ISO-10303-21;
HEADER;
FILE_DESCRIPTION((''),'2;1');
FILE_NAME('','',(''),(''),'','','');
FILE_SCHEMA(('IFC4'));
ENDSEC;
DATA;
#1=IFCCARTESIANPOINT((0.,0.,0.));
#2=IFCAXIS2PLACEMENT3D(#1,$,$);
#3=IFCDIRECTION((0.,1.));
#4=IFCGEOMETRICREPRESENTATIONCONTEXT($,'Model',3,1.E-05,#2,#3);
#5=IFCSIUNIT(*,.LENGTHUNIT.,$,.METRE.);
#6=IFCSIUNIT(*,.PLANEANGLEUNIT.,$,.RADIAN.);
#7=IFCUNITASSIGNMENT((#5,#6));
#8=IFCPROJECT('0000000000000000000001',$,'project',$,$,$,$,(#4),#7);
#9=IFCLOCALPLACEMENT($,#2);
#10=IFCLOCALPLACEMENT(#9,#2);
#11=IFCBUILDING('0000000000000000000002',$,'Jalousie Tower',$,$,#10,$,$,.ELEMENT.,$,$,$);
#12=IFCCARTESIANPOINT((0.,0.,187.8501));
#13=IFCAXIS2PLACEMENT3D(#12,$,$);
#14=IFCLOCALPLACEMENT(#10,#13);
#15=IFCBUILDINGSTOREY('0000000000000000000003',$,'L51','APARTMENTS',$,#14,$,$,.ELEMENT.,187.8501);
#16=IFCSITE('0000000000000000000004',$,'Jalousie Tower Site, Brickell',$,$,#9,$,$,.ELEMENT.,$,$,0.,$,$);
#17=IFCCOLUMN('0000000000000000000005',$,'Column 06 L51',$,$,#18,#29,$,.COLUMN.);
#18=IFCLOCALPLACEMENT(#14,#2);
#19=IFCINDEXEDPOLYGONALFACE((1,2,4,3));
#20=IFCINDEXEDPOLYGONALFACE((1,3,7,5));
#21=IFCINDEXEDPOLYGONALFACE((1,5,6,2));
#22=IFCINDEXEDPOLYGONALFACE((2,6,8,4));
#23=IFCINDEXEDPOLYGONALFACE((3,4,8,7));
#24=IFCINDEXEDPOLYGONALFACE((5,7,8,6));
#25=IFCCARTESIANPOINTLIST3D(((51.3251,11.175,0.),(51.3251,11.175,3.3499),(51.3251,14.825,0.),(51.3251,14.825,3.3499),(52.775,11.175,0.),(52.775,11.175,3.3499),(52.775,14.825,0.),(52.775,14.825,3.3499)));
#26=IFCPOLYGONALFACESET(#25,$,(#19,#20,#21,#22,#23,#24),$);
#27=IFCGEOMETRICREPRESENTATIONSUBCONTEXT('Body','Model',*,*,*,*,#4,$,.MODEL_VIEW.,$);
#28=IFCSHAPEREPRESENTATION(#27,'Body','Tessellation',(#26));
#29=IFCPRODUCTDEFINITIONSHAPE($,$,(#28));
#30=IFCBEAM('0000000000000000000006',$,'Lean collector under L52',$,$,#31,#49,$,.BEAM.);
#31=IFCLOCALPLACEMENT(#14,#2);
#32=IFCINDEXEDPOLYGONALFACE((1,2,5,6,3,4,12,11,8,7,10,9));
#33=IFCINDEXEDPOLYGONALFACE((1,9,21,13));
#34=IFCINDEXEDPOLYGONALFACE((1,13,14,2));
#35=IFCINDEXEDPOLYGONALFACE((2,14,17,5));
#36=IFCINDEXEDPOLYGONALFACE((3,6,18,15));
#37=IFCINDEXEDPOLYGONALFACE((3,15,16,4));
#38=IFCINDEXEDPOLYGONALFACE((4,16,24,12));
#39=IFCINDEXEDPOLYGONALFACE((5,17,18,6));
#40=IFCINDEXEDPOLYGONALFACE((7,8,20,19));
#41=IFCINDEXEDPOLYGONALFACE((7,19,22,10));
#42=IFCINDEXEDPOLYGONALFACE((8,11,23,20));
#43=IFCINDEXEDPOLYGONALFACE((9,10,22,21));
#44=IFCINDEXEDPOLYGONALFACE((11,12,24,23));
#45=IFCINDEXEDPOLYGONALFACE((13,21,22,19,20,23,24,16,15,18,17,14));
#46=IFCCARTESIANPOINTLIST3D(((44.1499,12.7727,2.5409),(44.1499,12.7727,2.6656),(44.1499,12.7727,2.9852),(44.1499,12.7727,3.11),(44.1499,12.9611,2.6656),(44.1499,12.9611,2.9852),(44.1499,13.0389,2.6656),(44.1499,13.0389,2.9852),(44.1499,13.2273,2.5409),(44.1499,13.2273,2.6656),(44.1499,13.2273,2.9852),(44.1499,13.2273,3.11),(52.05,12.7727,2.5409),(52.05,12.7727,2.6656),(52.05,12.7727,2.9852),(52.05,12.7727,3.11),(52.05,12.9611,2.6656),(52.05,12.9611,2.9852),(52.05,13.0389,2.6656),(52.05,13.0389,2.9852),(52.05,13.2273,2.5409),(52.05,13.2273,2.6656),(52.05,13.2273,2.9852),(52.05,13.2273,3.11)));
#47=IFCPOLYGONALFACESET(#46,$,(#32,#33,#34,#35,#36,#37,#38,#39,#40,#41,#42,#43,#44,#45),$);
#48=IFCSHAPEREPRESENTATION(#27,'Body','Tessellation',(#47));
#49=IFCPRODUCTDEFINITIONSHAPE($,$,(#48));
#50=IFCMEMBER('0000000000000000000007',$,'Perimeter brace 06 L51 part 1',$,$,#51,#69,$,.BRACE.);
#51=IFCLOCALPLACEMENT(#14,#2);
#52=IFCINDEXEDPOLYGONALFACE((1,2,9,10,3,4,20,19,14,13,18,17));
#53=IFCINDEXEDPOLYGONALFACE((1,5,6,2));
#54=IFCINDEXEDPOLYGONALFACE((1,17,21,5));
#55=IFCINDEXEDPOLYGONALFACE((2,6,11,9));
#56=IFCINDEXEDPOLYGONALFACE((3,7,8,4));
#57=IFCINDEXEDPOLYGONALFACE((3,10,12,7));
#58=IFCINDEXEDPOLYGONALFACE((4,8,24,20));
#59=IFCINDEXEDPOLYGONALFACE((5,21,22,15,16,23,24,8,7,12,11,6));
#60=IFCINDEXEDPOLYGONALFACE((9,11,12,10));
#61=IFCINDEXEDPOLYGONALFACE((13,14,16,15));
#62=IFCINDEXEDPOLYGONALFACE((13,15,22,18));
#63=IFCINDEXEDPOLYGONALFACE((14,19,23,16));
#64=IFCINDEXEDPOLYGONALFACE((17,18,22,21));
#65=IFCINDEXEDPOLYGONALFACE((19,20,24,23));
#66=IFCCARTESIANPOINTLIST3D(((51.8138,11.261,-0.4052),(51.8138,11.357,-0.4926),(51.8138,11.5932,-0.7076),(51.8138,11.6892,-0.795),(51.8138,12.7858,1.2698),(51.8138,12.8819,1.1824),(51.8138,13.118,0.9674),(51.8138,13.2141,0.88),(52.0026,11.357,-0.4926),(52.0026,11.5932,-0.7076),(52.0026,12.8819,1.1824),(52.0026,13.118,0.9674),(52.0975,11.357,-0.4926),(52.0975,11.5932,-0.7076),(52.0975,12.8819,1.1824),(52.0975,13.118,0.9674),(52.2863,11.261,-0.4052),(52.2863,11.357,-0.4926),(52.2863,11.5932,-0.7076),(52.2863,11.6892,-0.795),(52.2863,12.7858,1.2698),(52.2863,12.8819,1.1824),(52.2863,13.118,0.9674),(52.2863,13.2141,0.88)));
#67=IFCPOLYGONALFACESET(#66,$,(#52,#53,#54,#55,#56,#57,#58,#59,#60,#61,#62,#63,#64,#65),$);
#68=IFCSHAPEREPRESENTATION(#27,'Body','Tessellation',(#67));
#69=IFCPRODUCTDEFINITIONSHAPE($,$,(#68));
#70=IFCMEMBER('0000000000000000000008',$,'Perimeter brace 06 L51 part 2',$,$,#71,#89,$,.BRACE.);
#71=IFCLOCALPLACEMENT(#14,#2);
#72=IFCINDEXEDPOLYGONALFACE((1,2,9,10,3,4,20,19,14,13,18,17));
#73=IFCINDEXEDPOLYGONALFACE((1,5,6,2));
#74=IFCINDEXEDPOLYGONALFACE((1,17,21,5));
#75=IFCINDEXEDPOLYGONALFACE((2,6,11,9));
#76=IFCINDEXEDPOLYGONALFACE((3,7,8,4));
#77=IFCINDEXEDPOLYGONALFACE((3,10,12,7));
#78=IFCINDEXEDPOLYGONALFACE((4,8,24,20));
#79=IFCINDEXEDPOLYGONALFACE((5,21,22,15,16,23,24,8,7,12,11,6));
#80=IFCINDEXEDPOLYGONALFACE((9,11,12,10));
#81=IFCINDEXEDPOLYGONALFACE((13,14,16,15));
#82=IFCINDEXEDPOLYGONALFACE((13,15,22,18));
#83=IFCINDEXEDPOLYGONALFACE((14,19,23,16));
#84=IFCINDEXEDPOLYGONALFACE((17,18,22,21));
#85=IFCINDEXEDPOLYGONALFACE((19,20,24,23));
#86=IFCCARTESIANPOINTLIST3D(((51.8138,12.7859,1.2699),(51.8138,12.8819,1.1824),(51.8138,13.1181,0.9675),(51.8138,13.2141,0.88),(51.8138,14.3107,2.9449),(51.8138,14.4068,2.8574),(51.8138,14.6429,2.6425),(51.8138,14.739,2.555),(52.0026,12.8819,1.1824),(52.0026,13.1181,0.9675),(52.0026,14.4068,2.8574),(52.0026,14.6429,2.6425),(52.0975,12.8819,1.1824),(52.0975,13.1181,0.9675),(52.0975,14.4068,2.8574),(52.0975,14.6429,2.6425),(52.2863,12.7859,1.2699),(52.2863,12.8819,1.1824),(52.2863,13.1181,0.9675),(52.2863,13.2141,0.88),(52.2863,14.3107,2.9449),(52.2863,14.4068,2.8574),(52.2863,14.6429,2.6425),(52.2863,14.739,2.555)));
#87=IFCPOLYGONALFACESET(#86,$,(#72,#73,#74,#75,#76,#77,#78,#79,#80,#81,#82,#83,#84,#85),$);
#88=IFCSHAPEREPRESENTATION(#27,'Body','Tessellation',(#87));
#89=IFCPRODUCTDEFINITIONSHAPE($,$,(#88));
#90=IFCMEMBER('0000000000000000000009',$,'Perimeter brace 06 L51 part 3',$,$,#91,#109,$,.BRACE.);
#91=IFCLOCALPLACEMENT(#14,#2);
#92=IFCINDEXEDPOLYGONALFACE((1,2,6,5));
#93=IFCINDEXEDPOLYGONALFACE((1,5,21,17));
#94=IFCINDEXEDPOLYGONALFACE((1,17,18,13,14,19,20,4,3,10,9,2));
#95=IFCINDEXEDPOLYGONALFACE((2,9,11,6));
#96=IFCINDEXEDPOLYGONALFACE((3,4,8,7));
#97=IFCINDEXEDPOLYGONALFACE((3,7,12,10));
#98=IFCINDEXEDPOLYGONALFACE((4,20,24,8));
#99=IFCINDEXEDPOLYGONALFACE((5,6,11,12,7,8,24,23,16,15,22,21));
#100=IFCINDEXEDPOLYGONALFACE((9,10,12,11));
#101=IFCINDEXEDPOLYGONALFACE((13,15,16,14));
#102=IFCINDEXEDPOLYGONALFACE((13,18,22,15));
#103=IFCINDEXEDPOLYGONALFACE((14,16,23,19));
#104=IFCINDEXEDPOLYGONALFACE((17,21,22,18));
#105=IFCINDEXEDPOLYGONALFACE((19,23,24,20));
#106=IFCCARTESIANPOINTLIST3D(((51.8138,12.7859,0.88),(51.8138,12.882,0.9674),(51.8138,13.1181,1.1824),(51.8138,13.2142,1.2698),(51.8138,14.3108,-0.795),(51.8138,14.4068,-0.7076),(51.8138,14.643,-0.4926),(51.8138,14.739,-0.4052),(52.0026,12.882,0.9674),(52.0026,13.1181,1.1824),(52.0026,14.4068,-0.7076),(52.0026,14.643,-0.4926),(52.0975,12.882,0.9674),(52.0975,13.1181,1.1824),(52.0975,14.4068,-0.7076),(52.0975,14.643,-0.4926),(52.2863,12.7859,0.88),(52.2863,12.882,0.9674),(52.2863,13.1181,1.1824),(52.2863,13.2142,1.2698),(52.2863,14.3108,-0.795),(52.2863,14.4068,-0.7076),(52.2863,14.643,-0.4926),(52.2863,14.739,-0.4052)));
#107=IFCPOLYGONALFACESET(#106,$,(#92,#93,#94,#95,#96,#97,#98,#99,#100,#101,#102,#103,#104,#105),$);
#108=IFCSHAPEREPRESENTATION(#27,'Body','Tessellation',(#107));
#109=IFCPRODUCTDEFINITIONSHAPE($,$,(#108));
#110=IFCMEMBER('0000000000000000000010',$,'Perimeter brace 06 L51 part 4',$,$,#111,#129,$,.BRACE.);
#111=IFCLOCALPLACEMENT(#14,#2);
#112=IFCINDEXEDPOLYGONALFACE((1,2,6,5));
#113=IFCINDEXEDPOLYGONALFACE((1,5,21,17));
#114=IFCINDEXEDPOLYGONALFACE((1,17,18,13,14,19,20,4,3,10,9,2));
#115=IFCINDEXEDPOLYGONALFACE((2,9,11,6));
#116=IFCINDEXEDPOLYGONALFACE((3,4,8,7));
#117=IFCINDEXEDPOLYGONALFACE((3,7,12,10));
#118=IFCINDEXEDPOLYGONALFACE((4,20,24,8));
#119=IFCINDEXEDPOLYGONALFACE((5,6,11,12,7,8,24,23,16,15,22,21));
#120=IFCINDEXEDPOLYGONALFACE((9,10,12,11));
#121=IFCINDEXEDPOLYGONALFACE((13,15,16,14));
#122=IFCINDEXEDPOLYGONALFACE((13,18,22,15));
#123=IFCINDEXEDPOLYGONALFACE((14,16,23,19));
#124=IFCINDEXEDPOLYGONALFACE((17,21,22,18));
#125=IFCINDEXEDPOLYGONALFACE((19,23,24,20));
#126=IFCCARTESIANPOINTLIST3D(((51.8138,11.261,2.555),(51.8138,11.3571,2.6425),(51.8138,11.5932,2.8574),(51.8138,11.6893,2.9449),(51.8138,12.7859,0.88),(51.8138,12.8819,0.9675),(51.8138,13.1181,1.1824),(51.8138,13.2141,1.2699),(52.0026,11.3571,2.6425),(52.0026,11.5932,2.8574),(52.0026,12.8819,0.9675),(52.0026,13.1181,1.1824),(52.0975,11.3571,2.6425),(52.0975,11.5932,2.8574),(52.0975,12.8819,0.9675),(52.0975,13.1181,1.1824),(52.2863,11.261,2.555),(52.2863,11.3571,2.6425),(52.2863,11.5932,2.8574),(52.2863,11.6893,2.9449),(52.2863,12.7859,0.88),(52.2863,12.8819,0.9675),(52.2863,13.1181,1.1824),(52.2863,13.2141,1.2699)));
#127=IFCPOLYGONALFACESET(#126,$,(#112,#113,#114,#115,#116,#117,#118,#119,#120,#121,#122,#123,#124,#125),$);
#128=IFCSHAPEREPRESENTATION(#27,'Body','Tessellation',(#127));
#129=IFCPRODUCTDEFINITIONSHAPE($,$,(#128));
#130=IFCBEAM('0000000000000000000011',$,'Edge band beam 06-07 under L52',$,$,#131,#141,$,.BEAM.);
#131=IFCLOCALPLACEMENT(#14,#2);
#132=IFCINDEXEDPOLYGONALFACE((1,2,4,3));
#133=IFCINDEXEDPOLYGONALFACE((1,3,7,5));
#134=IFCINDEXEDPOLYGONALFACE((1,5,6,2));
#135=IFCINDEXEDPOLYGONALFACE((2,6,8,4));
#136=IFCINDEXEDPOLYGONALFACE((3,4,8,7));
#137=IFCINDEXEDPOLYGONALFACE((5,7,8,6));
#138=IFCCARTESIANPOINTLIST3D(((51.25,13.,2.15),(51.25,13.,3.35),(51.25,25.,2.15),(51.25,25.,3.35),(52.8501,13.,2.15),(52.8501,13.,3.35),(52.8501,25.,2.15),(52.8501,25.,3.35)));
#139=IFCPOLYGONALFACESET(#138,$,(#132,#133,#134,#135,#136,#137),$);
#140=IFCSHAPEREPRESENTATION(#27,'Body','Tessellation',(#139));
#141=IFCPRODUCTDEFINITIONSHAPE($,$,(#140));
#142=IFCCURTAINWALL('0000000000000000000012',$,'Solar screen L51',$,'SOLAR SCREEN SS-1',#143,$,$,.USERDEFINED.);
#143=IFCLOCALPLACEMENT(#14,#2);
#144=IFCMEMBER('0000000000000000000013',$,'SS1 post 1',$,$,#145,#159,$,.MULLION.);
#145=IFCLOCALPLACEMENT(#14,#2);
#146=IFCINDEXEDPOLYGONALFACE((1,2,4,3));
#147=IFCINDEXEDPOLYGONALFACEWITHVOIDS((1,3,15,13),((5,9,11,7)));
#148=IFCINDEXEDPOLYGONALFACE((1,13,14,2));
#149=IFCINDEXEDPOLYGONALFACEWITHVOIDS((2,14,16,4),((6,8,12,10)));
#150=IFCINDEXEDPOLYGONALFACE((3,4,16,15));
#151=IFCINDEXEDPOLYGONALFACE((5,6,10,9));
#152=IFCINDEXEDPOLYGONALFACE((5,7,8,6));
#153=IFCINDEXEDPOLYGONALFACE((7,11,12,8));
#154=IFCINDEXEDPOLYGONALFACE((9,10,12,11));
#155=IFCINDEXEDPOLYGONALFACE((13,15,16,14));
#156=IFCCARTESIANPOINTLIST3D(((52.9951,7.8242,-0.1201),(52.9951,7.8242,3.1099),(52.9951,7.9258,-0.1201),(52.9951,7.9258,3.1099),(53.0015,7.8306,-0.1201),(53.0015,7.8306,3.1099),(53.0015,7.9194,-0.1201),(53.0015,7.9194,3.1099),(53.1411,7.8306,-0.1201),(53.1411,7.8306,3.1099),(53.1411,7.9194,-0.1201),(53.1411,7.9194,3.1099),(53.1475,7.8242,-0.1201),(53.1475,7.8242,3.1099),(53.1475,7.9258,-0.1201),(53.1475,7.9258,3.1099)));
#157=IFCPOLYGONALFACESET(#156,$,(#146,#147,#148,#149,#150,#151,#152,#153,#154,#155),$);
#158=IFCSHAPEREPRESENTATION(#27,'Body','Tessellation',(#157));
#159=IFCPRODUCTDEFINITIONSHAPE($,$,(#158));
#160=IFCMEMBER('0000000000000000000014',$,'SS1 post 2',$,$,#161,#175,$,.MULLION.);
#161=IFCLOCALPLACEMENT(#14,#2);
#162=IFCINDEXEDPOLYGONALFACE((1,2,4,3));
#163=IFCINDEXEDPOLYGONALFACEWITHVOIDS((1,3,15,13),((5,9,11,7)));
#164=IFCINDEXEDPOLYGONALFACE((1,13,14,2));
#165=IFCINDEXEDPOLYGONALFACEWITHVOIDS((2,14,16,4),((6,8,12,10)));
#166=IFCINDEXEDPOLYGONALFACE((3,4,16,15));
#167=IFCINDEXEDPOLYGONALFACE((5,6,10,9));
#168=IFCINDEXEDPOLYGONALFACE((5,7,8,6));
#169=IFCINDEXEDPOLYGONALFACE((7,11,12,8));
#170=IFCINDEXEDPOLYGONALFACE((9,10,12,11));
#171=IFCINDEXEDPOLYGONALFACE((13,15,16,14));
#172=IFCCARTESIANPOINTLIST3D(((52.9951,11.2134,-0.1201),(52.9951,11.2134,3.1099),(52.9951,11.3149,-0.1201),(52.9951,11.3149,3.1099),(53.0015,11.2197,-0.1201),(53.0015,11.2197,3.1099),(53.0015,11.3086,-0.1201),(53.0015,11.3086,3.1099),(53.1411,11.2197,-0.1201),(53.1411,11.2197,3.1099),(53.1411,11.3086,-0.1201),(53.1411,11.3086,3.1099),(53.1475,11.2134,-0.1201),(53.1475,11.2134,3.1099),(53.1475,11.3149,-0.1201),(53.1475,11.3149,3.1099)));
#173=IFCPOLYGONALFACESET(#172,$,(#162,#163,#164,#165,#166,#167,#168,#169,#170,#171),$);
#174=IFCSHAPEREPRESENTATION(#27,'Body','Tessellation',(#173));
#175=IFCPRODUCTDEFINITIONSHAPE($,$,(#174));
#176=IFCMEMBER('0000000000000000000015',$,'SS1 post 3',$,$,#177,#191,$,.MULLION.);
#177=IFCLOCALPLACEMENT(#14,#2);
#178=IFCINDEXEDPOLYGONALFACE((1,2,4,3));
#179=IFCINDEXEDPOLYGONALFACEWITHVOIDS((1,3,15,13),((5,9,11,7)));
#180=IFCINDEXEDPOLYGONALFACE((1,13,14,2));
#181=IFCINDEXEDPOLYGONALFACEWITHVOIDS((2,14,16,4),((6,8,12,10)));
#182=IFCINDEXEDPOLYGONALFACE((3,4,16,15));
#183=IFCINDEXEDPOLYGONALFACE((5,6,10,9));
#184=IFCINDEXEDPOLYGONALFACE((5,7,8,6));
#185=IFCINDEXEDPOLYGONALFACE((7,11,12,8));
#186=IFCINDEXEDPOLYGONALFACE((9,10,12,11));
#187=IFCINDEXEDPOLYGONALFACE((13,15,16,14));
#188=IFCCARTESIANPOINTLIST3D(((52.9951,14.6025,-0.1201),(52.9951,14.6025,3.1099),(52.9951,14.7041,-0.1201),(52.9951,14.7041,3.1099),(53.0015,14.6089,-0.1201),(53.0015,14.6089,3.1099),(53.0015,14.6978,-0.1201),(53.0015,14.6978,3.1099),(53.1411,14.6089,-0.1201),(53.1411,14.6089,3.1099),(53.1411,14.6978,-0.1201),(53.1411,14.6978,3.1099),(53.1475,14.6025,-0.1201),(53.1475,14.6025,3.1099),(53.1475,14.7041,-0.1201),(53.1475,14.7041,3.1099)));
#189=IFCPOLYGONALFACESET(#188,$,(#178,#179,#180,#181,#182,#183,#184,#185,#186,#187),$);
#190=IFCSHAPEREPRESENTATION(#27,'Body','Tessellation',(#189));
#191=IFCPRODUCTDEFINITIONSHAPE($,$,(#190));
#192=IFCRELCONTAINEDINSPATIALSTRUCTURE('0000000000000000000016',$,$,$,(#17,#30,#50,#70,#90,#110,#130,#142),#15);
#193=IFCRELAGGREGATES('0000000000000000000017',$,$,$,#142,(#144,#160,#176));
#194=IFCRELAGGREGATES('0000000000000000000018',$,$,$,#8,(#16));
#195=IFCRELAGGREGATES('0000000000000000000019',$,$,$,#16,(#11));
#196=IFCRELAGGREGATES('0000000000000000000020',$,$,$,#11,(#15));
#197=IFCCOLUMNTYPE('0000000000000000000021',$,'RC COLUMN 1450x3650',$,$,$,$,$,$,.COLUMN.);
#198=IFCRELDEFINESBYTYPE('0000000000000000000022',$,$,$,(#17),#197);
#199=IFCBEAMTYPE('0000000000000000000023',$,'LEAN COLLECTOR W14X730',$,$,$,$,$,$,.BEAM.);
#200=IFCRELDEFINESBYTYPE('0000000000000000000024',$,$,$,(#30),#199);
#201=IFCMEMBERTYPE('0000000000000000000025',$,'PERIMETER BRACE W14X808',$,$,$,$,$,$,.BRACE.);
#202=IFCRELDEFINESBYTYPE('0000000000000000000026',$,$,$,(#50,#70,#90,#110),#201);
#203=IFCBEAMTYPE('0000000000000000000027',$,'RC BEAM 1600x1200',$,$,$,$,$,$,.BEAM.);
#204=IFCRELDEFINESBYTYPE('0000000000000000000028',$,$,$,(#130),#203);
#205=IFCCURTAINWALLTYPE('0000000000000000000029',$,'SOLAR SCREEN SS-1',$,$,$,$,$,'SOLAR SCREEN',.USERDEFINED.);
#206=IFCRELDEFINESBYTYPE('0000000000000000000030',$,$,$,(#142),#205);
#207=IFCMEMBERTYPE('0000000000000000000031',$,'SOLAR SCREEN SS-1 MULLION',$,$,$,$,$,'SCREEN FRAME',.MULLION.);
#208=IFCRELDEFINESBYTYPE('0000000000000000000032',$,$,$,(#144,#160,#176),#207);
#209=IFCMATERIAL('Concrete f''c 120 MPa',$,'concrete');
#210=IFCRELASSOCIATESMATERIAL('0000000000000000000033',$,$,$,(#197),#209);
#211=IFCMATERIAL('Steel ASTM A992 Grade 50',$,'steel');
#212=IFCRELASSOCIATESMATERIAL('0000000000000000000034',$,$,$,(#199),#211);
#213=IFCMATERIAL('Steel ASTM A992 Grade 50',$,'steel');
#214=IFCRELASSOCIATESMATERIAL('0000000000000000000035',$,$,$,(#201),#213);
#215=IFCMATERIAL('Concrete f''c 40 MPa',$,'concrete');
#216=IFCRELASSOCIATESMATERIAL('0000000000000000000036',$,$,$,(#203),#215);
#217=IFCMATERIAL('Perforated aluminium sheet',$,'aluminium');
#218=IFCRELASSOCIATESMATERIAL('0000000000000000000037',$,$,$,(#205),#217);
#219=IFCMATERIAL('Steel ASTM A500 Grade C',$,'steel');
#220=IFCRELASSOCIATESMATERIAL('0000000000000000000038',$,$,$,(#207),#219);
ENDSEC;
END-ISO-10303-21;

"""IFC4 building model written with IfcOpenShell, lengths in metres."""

from ifc_helpers import new_model, si_unit, direction, frame, origin, origin_2d, place, context, subcontext, project, spatial, rectangle, hollow_rectangle, i_section, extrude, material, material_profile, profile_set, type_object, element, aggregate, save


model = new_model("IFC4")

# Units and contexts
model_context = context("Model", 3, precision=1e-05, world=origin(), true_north=direction((0.0, 1.0)))
body_context = subcontext(model_context, "Body", "Model", "MODEL_VIEW")
ifc_project = project(units=[si_unit("LENGTHUNIT", "METRE"), si_unit("PLANEANGLEUNIT", "RADIAN")], contexts=[model_context])

# Site, building, storey
site_placement = place(None, origin())
site = spatial("IfcSite", under=ifc_project, at=site_placement, Name="Jalousie Tower Site, Brickell", CompositionType="ELEMENT", RefElevation=0.0)
building_placement = place(site_placement, origin())
building = spatial("IfcBuilding", under=site, at=building_placement, Name="Jalousie Tower", CompositionType="ELEMENT")
storey_placement = place(building_placement, frame((0.0, 0.0, 187.8501)))
storey = spatial("IfcBuildingStorey", under=building, at=storey_placement, Name="L51", Description="APARTMENTS", CompositionType="ELEMENT", Elevation=187.8501)

# Column
ifc_material_1 = material(Name="Concrete f'c 120 MPa", Category="concrete")
ifc_material_profile_1 = material_profile(ifc_material_1, rectangle(XDim=1.45, YDim=3.6499, at=origin_2d()), Name="RC 1450x3650")
ifc_profile_set_1 = profile_set([ifc_material_profile_1], Name="Concrete f'c 120 MPa")
column_type = type_object("IfcColumnType", Name="RC COLUMN 1450x3650", PredefinedType="COLUMN", material=ifc_profile_set_1)
column_placement = place(storey_placement, frame((52.05, 13.0, 0.0), z_axis=(0.0, 0.0, 1.0), x_axis=(1.0, 0.0, 0.0)))
element("IfcColumn", 1, at=column_placement, inside=storey, type_object=column_type, Name="Column 06 L51", PredefinedType="COLUMN", context=body_context, shape_type="SweptSolid", body=[
    extrude(rectangle(XDim=1.45, YDim=3.6499, at=origin_2d()), origin(), (0.0, 0.0, 1.0), 3.3499),
])

# Beam
ifc_material_2 = material(Name="Steel ASTM A992 Grade 50", Category="steel")
ifc_material_profile_2 = material_profile(ifc_material_2, i_section(OverallWidth=0.4546, OverallDepth=0.5691, WebThickness=0.0779, FlangeThickness=0.1248, at=origin_2d()), Name="W14X730")
ifc_profile_set_2 = profile_set([ifc_material_profile_2], Name="Steel ASTM A992 Grade 50")
beam_type_1 = type_object("IfcBeamType", Name="LEAN COLLECTOR W14X730", PredefinedType="BEAM", material=ifc_profile_set_2)
beam_1_placement = place(storey_placement, frame((52.05, 13.0, 2.8254), z_axis=(-1.0, 0.0, 0.0), x_axis=(0.0, -1.0, 0.0)))
element("IfcBeam", 2, at=beam_1_placement, inside=storey, type_object=beam_type_1, Name="Lean collector under L52", PredefinedType="BEAM", context=body_context, shape_type="SweptSolid", body=[
    extrude(i_section(OverallWidth=0.4546, OverallDepth=0.5691, WebThickness=0.0779, FlangeThickness=0.1248, at=origin_2d()), origin(), (0.0, 0.0, 1.0), 7.9001),
])

# Members
ifc_material_3 = material(Name="Steel ASTM A992 Grade 50", Category="steel")
ifc_material_profile_3 = material_profile(ifc_material_3, i_section(OverallWidth=0.4724, OverallDepth=0.5791, WebThickness=0.095, FlangeThickness=0.1299, at=origin_2d()), Name="W14X808")
ifc_profile_set_3 = profile_set([ifc_material_profile_3], Name="Steel ASTM A992 Grade 50")
member_type_1 = type_object("IfcMemberType", Name="PERIMETER BRACE W14X808", PredefinedType="BRACE", material=ifc_profile_set_3)
for number, where, z_axis, x_axis, name in (
    (3, (52.05, 11.4751, -0.6001), (0.0, 0.673188, 0.739472), (-1.0, 0.0, 0.0), "Perimeter brace 06 L51 part 1"),
    (4, (52.05, 13.0, 1.075), (0.0, 0.673188, 0.739472), (-1.0, 0.0, 0.0), "Perimeter brace 06 L51 part 2"),
    (5, (52.05, 14.5249, -0.6001), (0.0, -0.673188, 0.739472), (1.0, 0.0, 0.0), "Perimeter brace 06 L51 part 3"),
    (6, (52.05, 13.0, 1.075), (0.0, -0.673188, 0.739472), (1.0, 0.0, 0.0), "Perimeter brace 06 L51 part 4"),
):
    element("IfcMember", number, at=place(storey_placement, frame(where, z_axis=z_axis, x_axis=x_axis)), inside=storey, type_object=member_type_1, Name=name, PredefinedType="BRACE", context=body_context, shape_type="SweptSolid", body=[
        extrude(i_section(OverallWidth=0.4724, OverallDepth=0.5791, WebThickness=0.095, FlangeThickness=0.1299, at=origin_2d()), origin(), (0.0, 0.0, 1.0), 2.2651),
    ])

# Beam
ifc_material_4 = material(Name="Concrete f'c 40 MPa", Category="concrete")
ifc_material_profile_4 = material_profile(ifc_material_4, rectangle(XDim=1.6001, YDim=1.2, at=origin_2d()), Name="RC 1600x1200")
ifc_profile_set_4 = profile_set([ifc_material_profile_4], Name="Concrete f'c 40 MPa")
beam_type_2 = type_object("IfcBeamType", Name="RC BEAM 1600x1200", PredefinedType="BEAM", material=ifc_profile_set_4)
beam_2_placement = place(storey_placement, frame((52.05, 13.0, 2.75), z_axis=(0.0, 1.0, 0.0), x_axis=(-1.0, 0.0, 0.0)))
element("IfcBeam", 7, at=beam_2_placement, inside=storey, type_object=beam_type_2, Name="Edge band beam 06-07 under L52", PredefinedType="BEAM", context=body_context, shape_type="SweptSolid", body=[
    extrude(rectangle(XDim=1.6001, YDim=1.2, at=origin_2d()), origin(), (0.0, 0.0, 1.0), 12.0),
])

# Curtain wall, members
ifc_material_5 = material(Name="Perforated aluminium sheet", Category="aluminium")
curtain_wall_type = type_object("IfcCurtainWallType", Name="SOLAR SCREEN SS-1", ElementType="SOLAR SCREEN", PredefinedType="USERDEFINED", material=ifc_material_5)
curtain_wall_placement = place(storey_placement, origin())
curtain_wall = element("IfcCurtainWall", 8, at=curtain_wall_placement, inside=storey, type_object=curtain_wall_type, Name="Solar screen L51", ObjectType="SOLAR SCREEN SS-1", PredefinedType="USERDEFINED")
ifc_material_6 = material(Name="Steel ASTM A500 Grade C", Category="steel")
ifc_material_profile_5 = material_profile(ifc_material_6, hollow_rectangle(XDim=0.1016, YDim=0.1523, WallThickness=0.0063, at=origin_2d()), Name="HSS6X4X1/4")
ifc_profile_set_5 = profile_set([ifc_material_profile_5], Name="Steel ASTM A500 Grade C")
member_type_2 = type_object("IfcMemberType", Name="SOLAR SCREEN SS-1 MULLION", ElementType="SCREEN FRAME", PredefinedType="MULLION", material=ifc_profile_set_5)
member_1_placement = place(storey_placement, frame((53.0713, 7.875, -0.1201), z_axis=(0.0, 0.0, 1.0), x_axis=(0.0, 1.0, 0.0)))
member_1 = element("IfcMember", 9, at=member_1_placement, type_object=member_type_2, Name="SS1 post 1", PredefinedType="MULLION", context=body_context, shape_type="SweptSolid", body=[
    extrude(hollow_rectangle(XDim=0.1016, YDim=0.1523, WallThickness=0.0063, at=origin_2d()), origin(), (0.0, 0.0, 1.0), 3.23),
])
member_2_placement = place(storey_placement, frame((53.0713, 11.2642, -0.1201), z_axis=(0.0, 0.0, 1.0), x_axis=(0.0, 1.0, 0.0)))
member_2 = element("IfcMember", 10, at=member_2_placement, type_object=member_type_2, Name="SS1 post 2", PredefinedType="MULLION", context=body_context, shape_type="SweptSolid", body=[
    extrude(hollow_rectangle(XDim=0.1016, YDim=0.1523, WallThickness=0.0063, at=origin_2d()), origin(), (0.0, 0.0, 1.0), 3.23),
])
member_3_placement = place(storey_placement, frame((53.0713, 14.6533, -0.1201), z_axis=(0.0, 0.0, 1.0), x_axis=(0.0, 1.0, 0.0)))
member_3 = element("IfcMember", 11, at=member_3_placement, type_object=member_type_2, Name="SS1 post 3", PredefinedType="MULLION", context=body_context, shape_type="SweptSolid", body=[
    extrude(hollow_rectangle(XDim=0.1016, YDim=0.1523, WallThickness=0.0063, at=origin_2d()), origin(), (0.0, 0.0, 1.0), 3.23),
])
aggregate(curtain_wall, [member_1, member_2, member_3])

save(model, "model.ifc")
